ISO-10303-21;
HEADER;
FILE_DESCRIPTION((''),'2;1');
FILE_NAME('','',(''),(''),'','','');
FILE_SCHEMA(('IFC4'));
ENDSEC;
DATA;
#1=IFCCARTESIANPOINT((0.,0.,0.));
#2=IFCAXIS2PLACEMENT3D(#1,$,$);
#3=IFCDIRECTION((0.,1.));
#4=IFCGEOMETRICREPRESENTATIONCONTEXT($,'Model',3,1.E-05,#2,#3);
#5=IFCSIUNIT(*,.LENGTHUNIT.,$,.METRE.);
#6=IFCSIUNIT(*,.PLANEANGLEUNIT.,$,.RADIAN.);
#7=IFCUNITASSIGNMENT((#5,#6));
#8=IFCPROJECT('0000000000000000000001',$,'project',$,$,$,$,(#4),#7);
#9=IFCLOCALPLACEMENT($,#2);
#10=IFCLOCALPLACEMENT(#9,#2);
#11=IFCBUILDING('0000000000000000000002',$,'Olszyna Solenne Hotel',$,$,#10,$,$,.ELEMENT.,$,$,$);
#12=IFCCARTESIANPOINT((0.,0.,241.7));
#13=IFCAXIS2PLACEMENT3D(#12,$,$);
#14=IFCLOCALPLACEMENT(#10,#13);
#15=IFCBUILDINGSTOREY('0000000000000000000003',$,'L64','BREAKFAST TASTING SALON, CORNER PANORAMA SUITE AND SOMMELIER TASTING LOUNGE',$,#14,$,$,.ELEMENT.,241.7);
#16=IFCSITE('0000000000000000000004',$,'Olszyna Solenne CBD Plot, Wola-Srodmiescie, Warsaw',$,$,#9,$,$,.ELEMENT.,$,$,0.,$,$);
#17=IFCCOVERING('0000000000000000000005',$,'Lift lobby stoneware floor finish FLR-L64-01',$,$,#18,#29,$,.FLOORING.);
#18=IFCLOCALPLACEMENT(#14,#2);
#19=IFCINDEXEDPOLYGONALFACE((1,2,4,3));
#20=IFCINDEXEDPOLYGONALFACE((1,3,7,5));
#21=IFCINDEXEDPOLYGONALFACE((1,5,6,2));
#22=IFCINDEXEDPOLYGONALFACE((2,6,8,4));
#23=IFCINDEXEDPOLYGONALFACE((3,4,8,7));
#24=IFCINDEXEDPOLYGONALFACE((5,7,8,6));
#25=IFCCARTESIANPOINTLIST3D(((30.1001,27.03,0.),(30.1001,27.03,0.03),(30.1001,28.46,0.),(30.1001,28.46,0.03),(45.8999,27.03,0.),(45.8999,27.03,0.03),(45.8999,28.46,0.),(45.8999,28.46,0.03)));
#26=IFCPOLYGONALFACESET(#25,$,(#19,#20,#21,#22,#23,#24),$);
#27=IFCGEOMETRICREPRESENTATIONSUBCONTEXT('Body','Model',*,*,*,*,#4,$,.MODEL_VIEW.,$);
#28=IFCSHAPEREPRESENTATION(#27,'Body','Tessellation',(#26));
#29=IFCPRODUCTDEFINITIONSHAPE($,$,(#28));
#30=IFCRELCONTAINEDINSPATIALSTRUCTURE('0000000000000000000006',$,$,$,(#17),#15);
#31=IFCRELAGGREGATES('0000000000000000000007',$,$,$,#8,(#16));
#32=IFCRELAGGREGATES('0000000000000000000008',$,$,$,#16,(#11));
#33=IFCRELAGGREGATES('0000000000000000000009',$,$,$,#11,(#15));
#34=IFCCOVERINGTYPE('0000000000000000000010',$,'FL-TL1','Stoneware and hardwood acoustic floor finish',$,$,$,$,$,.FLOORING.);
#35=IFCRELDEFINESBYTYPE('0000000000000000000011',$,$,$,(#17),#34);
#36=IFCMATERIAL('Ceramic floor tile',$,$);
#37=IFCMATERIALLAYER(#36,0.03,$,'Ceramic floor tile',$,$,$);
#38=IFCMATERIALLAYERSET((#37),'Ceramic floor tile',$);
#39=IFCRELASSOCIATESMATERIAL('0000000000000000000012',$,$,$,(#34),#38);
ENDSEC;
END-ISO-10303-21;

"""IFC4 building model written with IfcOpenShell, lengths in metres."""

from ifc_helpers import new_model, si_unit, direction, frame, origin, place, context, subcontext, project, spatial, polyline, outline, extrude, material, layer, layer_set, type_object, element, save


model = new_model("IFC4")

# Units and contexts
model_context = context("Model", 3, precision=1e-05, world=origin(), true_north=direction((0.0, 1.0)))
body_context = subcontext(model_context, "Body", "Model", "MODEL_VIEW")
ifc_project = project(units=[si_unit("LENGTHUNIT", "METRE"), si_unit("PLANEANGLEUNIT", "RADIAN")], contexts=[model_context])

# Site, building, storey
site_placement = place(None, origin())
site = spatial("IfcSite", under=ifc_project, at=site_placement, Name="Olszyna Solenne CBD Plot, Wola-Srodmiescie, Warsaw", CompositionType="ELEMENT", RefElevation=0.0)
building_placement = place(site_placement, origin())
building = spatial("IfcBuilding", under=site, at=building_placement, Name="Olszyna Solenne Hotel", CompositionType="ELEMENT")
storey_placement = place(building_placement, frame((0.0, 0.0, 241.7)))
storey = spatial("IfcBuildingStorey", under=building, at=storey_placement, Name="L64", Description="BREAKFAST TASTING SALON, CORNER PANORAMA SUITE AND SOMMELIER TASTING LOUNGE", CompositionType="ELEMENT", Elevation=241.7)

# Covering
ifc_material_1 = material(Name="Ceramic floor tile")
ifc_layer_1 = layer(ifc_material_1, 0.03, Name="Ceramic floor tile")
ifc_layer_set_1 = layer_set([ifc_layer_1], Name="Ceramic floor tile")
covering_type_1 = type_object("IfcCoveringType", Name="FL-TL1", Description="Stoneware and hardwood acoustic floor finish", PredefinedType="FLOORING", material=ifc_layer_set_1)
covering_1_placement = place(storey_placement, origin())
element("IfcCovering", 1, at=covering_1_placement, inside=storey, type_object=covering_type_1, Name="Lift lobby stoneware floor finish FLR-L64-01", PredefinedType="FLOORING", context=body_context, shape_type="SweptSolid", body=[
    extrude(outline(polyline([(30.1001, 27.03), (45.8999, 27.03), (45.8999, 28.46), (30.1001, 28.46), (30.1001, 27.03)])), origin(), (0.0, 0.0, 1.0), 0.03),
])

save(model, "model.ifc")
